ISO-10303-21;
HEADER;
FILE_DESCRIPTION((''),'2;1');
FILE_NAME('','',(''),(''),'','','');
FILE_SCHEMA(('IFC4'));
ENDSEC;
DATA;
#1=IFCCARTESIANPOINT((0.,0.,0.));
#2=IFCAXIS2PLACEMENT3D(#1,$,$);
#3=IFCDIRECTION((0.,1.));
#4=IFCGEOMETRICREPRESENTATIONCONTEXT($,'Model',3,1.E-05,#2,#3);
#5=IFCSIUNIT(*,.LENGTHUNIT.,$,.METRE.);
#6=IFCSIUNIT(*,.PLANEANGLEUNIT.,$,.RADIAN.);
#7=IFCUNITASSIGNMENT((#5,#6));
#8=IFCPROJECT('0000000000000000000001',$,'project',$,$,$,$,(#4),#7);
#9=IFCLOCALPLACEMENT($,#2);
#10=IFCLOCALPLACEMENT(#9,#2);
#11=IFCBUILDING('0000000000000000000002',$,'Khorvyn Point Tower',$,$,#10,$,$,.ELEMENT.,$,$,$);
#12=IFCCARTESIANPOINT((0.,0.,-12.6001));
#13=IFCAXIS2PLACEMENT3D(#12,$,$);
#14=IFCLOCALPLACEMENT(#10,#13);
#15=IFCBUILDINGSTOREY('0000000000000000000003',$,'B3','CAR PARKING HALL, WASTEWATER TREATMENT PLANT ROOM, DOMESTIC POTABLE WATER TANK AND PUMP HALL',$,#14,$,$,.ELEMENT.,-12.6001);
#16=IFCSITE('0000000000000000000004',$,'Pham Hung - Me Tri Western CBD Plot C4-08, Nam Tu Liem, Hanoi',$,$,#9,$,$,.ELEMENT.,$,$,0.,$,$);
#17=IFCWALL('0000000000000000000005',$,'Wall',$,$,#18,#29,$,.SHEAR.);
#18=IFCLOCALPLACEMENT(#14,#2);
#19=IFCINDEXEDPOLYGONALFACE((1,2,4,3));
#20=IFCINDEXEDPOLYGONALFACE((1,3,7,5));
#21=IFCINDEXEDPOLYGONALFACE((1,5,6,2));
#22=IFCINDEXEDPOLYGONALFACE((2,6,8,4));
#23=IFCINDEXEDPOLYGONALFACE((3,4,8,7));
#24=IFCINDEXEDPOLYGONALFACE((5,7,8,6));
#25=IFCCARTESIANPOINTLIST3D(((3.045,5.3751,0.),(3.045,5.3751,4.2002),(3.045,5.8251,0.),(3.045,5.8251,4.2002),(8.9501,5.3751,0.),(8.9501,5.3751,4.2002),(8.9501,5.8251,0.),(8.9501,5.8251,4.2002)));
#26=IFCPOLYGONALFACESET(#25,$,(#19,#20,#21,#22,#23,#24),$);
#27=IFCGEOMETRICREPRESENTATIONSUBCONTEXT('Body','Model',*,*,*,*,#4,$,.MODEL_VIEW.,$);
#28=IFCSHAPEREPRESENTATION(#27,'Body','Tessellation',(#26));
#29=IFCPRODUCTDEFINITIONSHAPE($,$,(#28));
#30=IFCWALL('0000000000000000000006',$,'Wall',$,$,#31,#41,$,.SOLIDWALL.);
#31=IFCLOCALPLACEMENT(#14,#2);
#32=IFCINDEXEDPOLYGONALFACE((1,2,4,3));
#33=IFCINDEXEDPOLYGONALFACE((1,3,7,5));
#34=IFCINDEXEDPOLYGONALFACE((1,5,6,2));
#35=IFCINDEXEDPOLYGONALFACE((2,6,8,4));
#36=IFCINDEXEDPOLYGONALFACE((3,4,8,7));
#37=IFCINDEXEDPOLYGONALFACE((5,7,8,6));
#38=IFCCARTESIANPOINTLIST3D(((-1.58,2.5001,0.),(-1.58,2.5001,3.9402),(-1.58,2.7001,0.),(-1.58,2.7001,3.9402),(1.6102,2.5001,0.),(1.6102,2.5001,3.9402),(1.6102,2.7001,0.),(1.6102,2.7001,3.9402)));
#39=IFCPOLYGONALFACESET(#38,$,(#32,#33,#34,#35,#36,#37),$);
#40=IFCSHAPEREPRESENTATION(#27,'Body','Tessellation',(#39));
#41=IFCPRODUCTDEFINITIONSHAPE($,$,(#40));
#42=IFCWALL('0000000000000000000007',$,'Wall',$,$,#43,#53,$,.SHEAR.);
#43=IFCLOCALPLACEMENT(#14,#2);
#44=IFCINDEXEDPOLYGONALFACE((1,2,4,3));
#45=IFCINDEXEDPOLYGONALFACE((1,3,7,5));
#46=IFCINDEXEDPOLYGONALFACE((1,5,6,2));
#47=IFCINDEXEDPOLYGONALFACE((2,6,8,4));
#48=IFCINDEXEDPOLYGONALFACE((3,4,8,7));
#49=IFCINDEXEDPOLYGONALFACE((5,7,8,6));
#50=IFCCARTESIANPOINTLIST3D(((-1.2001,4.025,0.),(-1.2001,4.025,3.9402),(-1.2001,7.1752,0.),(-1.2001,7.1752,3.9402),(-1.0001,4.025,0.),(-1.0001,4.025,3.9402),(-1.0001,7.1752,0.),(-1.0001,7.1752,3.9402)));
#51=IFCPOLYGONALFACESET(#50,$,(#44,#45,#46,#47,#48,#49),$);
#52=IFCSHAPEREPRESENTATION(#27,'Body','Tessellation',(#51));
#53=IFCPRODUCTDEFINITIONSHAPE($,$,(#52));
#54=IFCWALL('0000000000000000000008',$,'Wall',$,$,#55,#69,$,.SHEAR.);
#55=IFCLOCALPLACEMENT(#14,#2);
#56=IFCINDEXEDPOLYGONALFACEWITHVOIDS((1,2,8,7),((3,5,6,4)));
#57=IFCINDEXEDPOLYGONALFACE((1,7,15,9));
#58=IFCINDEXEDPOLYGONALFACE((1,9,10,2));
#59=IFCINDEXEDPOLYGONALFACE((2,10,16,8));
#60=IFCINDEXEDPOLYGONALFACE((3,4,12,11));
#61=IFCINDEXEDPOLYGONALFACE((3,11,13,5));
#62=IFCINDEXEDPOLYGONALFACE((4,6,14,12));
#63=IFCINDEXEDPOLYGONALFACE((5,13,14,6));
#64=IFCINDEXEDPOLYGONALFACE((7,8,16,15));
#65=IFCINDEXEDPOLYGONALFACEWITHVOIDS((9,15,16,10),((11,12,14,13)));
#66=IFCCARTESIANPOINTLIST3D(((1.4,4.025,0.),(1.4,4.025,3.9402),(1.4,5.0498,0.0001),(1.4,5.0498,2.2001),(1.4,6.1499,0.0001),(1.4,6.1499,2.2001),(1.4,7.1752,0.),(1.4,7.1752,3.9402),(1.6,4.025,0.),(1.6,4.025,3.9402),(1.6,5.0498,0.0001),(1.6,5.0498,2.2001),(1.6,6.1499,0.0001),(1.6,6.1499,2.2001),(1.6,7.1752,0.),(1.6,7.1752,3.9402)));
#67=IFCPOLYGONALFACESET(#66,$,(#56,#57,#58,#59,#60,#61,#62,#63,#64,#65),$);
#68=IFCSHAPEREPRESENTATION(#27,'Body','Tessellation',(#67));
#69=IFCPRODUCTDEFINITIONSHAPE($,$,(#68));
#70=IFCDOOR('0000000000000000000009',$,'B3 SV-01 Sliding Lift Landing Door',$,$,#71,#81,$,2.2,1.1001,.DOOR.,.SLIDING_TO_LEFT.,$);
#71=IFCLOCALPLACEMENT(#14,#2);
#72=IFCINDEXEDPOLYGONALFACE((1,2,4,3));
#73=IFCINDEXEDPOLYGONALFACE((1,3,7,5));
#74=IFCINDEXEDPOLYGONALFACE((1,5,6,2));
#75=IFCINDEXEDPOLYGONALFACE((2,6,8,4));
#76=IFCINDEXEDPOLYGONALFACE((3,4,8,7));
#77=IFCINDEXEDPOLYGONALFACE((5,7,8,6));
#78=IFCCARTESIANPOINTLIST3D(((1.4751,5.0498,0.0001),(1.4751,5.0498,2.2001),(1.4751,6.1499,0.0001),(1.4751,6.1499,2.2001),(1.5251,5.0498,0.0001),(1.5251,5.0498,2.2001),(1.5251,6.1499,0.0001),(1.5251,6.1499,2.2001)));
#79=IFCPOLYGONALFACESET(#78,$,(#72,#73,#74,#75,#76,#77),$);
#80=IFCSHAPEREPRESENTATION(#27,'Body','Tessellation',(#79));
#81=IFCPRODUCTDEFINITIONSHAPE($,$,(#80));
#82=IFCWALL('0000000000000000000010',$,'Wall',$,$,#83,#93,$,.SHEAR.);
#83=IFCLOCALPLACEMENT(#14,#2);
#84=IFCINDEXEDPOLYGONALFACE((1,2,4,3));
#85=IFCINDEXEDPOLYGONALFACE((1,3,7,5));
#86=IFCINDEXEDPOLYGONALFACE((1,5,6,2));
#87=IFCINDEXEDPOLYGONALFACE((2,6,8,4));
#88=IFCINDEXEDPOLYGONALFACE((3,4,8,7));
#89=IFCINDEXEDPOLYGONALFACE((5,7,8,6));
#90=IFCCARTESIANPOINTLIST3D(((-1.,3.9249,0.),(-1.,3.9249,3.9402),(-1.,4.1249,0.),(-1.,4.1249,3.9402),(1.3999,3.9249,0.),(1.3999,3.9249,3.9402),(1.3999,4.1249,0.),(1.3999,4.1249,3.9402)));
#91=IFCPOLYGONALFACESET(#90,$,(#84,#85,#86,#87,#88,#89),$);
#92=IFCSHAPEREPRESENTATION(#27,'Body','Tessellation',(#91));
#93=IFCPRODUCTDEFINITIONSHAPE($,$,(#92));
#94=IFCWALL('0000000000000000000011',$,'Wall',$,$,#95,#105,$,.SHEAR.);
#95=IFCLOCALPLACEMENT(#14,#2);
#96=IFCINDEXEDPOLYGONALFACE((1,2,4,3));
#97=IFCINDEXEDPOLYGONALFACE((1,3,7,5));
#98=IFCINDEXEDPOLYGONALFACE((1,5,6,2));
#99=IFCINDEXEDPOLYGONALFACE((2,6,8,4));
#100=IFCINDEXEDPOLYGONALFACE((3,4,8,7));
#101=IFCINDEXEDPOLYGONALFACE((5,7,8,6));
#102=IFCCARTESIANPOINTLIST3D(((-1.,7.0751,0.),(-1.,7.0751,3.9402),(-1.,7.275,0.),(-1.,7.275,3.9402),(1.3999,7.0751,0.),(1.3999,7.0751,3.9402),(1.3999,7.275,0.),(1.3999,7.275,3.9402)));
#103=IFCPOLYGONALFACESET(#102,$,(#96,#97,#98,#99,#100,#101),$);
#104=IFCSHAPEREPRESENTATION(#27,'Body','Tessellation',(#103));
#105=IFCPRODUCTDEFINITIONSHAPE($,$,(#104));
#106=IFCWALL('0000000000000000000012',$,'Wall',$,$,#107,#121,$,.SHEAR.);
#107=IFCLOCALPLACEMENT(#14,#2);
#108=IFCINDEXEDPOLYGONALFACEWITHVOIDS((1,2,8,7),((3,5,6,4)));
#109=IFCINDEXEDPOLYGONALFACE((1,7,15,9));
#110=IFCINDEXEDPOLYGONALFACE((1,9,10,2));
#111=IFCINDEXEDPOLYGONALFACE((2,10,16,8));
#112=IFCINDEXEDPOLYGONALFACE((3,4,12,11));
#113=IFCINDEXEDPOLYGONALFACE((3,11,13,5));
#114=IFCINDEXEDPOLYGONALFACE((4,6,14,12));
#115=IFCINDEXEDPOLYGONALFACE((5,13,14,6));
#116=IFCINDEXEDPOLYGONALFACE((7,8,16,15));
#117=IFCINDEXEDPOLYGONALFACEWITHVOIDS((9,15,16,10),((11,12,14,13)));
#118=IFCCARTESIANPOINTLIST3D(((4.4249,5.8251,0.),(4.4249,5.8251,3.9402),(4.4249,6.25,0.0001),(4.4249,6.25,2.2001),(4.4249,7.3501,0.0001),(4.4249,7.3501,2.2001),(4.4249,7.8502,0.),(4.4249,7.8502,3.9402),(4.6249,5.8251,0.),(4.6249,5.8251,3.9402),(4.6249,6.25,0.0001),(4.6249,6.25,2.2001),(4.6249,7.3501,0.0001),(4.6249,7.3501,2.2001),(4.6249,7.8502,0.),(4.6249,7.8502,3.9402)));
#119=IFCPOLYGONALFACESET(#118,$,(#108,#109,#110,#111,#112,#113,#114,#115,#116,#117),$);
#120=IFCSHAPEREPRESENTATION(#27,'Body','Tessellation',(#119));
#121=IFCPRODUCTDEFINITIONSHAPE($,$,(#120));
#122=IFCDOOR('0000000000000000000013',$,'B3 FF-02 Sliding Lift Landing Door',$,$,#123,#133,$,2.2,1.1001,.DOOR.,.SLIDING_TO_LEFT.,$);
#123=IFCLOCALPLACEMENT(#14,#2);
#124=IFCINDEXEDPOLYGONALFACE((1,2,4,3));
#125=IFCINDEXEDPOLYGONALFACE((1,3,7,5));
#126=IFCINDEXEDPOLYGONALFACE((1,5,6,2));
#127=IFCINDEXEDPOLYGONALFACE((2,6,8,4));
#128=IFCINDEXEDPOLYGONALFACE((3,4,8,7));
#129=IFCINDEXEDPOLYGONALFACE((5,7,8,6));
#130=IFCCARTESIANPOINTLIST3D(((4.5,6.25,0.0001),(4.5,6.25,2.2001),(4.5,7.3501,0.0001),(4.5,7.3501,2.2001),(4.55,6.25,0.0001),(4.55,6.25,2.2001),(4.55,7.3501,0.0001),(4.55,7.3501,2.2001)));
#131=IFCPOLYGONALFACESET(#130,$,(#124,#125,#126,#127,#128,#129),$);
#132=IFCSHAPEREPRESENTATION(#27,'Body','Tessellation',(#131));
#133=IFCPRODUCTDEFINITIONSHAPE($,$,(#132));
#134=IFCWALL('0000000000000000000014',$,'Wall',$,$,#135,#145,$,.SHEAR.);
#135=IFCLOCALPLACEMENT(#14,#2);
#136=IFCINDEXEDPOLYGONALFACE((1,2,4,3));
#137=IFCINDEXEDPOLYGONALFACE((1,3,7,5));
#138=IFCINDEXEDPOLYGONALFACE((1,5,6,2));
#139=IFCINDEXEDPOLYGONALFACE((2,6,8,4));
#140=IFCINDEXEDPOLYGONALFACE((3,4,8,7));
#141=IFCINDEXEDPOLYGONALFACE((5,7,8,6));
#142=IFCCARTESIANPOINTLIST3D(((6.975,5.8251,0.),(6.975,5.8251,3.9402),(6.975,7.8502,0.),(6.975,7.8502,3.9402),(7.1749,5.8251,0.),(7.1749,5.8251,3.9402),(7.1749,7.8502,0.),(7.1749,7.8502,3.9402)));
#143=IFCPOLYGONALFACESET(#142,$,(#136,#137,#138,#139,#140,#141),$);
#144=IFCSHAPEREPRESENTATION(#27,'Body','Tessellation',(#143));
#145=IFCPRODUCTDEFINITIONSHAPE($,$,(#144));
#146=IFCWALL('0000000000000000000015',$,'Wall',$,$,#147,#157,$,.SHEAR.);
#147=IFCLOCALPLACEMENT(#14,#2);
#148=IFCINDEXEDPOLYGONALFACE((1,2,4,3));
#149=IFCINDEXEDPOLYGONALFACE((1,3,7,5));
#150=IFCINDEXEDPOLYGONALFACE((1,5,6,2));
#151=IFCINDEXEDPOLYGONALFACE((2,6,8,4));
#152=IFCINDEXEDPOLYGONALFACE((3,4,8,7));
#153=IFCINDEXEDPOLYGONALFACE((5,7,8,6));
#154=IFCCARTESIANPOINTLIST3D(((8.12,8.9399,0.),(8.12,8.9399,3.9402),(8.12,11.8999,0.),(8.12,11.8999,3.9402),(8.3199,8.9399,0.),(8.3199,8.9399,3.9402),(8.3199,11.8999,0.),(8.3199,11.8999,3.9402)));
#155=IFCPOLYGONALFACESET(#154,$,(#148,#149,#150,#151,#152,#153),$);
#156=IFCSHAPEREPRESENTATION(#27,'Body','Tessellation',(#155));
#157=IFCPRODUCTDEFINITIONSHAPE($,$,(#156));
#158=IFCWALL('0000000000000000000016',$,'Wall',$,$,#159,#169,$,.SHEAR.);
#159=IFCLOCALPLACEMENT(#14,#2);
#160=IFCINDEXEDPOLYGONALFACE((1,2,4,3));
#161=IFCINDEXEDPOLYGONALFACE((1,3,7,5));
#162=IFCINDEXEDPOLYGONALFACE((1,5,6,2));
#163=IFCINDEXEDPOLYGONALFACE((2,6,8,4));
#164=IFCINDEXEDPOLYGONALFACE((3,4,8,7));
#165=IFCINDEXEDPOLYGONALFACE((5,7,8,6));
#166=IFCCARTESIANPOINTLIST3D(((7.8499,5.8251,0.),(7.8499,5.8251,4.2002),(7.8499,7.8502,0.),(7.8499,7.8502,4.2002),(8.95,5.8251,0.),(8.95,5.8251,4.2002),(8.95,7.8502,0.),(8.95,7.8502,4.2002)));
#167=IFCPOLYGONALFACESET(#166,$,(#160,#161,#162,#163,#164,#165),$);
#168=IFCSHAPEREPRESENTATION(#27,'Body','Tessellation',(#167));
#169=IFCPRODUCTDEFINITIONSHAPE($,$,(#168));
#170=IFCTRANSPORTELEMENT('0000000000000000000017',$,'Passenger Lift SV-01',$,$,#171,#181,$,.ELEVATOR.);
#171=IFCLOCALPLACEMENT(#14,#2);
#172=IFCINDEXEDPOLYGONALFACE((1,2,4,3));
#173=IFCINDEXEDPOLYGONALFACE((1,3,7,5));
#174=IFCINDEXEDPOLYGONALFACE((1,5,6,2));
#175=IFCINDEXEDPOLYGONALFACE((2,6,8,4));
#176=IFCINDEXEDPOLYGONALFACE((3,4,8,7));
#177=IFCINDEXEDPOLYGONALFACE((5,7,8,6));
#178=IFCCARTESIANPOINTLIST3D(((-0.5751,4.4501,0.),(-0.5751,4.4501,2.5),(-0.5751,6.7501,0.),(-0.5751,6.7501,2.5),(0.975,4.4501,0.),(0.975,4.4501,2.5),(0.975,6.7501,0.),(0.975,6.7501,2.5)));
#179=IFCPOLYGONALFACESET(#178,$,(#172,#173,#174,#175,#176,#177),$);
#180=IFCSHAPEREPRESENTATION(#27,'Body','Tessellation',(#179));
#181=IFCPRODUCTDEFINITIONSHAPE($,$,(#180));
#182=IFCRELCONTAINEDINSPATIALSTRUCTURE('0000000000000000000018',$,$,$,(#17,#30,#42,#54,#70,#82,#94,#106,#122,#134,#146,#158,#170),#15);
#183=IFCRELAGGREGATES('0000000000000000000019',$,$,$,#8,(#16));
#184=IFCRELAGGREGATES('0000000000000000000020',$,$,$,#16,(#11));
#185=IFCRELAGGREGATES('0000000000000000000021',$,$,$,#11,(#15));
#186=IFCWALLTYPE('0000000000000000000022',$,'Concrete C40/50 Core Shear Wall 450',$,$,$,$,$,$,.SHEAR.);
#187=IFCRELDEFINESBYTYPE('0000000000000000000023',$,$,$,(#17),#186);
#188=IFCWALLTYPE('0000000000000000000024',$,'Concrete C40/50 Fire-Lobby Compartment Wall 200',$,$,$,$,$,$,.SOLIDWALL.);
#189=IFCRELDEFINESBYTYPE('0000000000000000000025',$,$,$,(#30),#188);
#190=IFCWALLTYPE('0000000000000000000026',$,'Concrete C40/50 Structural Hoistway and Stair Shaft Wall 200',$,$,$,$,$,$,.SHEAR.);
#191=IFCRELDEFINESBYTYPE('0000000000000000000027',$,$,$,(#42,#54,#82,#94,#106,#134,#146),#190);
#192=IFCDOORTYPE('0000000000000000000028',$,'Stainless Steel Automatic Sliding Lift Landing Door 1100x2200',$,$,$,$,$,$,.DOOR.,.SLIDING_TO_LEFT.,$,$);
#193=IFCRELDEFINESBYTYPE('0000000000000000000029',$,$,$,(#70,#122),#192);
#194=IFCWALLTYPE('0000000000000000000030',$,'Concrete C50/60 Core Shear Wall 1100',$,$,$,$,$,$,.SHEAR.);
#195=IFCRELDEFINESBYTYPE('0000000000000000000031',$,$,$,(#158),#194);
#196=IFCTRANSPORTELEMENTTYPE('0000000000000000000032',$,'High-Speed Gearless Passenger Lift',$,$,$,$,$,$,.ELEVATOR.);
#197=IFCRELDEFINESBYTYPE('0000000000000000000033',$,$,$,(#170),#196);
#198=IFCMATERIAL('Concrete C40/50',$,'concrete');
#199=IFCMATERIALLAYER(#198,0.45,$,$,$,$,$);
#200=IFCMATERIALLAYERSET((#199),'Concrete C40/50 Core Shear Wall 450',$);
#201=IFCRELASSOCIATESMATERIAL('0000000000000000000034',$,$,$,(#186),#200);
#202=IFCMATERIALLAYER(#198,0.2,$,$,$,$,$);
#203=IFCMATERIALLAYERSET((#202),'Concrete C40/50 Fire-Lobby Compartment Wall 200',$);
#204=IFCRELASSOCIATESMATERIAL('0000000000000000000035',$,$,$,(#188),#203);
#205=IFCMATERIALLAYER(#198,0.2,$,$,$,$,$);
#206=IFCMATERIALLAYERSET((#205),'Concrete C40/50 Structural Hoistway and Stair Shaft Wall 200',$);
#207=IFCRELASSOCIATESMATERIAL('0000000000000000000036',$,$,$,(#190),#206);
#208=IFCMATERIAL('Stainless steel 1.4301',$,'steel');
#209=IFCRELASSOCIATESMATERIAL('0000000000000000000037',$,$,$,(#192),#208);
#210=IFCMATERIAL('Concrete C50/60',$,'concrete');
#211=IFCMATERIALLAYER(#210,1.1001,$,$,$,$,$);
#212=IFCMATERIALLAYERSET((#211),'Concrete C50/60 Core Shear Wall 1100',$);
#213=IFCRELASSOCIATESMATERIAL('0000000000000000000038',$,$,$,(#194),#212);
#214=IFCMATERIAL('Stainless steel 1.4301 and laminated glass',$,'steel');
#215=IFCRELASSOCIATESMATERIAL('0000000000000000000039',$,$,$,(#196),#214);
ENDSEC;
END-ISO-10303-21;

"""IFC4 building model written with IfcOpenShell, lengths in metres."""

from ifc_helpers import new_model, si_unit, direction, frame, frame_2d, origin, origin_2d, place, context, subcontext, project, spatial, rectangle, extrude, material, layer, layer_set, type_object, element, fill, save


model = new_model("IFC4")

# Units and contexts
model_context = context("Model", 3, precision=1e-05, world=origin(), true_north=direction((0.0, 1.0)))
body_context = subcontext(model_context, "Body", "Model", "MODEL_VIEW")
ifc_project = project(units=[si_unit("LENGTHUNIT", "METRE"), si_unit("PLANEANGLEUNIT", "RADIAN")], contexts=[model_context])

# Site, building, storey
site_placement = place(None, origin())
site = spatial("IfcSite", under=ifc_project, at=site_placement, Name="Pham Hung - Me Tri Western CBD Plot C4-08, Nam Tu Liem, Hanoi", CompositionType="ELEMENT", RefElevation=0.0)
building_placement = place(site_placement, origin())
building = spatial("IfcBuilding", under=site, at=building_placement, Name="Khorvyn Point Tower", CompositionType="ELEMENT")
storey_placement = place(building_placement, frame((0.0, 0.0, -12.6001)))
storey = spatial("IfcBuildingStorey", under=building, at=storey_placement, Name="B3", Description="CAR PARKING HALL, WASTEWATER TREATMENT PLANT ROOM, DOMESTIC POTABLE WATER TANK AND PUMP HALL", CompositionType="ELEMENT", Elevation=-12.6001)

# Shared definitions
ifc_material_1 = material(Name="Concrete C40/50", Category="concrete")

# Walls
ifc_layer_1 = layer(ifc_material_1, 0.45)
ifc_layer_set_1 = layer_set([ifc_layer_1], Name="Concrete C40/50 Core Shear Wall 450")
wall_type_1 = type_object("IfcWallType", Name="Concrete C40/50 Core Shear Wall 450", PredefinedType="SHEAR", material=ifc_layer_set_1)
wall_1_placement = place(storey_placement, frame((3.0449, 5.6001, 0.0), z_axis=(0.0, 0.0, 1.0), x_axis=(1.0, 0.0, 0.0)))
element("IfcWall", 1, at=wall_1_placement, inside=storey, type_object=wall_type_1, Name="Wall", PredefinedType="SHEAR", context=body_context, shape_type="SweptSolid", body=[
    extrude(rectangle(XDim=5.905, YDim=0.45, at=frame_2d((2.9526, 0.0))), origin(), (0.0, 0.0, 1.0), 4.2002),
])
ifc_layer_2 = layer(ifc_material_1, 0.2)
ifc_layer_set_2 = layer_set([ifc_layer_2], Name="Concrete C40/50 Fire-Lobby Compartment Wall 200")
wall_type_2 = type_object("IfcWallType", Name="Concrete C40/50 Fire-Lobby Compartment Wall 200", PredefinedType="SOLIDWALL", material=ifc_layer_set_2)
wall_2_placement = place(storey_placement, frame((-1.5801, 2.6001, 0.0), z_axis=(0.0, 0.0, 1.0), x_axis=(1.0, 0.0, 0.0)))
element("IfcWall", 2, at=wall_2_placement, inside=storey, type_object=wall_type_2, Name="Wall", PredefinedType="SOLIDWALL", context=body_context, shape_type="SweptSolid", body=[
    extrude(rectangle(XDim=3.1902, YDim=0.2, at=frame_2d((1.5952, 0.0))), origin(), (0.0, 0.0, 1.0), 3.9402),
])
ifc_layer_3 = layer(ifc_material_1, 0.2)
ifc_layer_set_3 = layer_set([ifc_layer_3], Name="Concrete C40/50 Structural Hoistway and Stair Shaft Wall 200")
wall_type_3 = type_object("IfcWallType", Name="Concrete C40/50 Structural Hoistway and Stair Shaft Wall 200", PredefinedType="SHEAR", material=ifc_layer_set_3)
wall_3_placement = place(storey_placement, frame((-1.1001, 4.0249, 0.0), z_axis=(0.0, 0.0, 1.0), x_axis=(0.0, 1.0, 0.0)))
element("IfcWall", 3, at=wall_3_placement, inside=storey, type_object=wall_type_3, Name="Wall", PredefinedType="SHEAR", context=body_context, shape_type="SweptSolid", body=[
    extrude(rectangle(XDim=3.1501, YDim=0.2, at=frame_2d((1.5752, 0.0))), origin(), (0.0, 0.0, 1.0), 3.9402),
])

# Wall, opening, door
wall_4_placement = place(storey_placement, frame((1.5, 4.0249, 0.0), z_axis=(0.0, 0.0, 1.0), x_axis=(0.0, 1.0, 0.0)))
wall_4 = element("IfcWall", 4, at=wall_4_placement, inside=storey, type_object=wall_type_3, Name="Wall", PredefinedType="SHEAR", context=body_context, shape_type="SweptSolid", body=[
    extrude(rectangle(XDim=3.1501, YDim=0.2, at=frame_2d((1.5752, 0.0))), origin(), (0.0, 0.0, 1.0), 3.9402),
])
opening_1_placement = place(wall_4_placement, frame((1.0249, 0.0, 0.0)))
opening_1 = element("IfcOpeningElement", 5, at=opening_1_placement, cuts=wall_4, PredefinedType="OPENING", context=body_context, shape_type="SweptSolid", body=[
    extrude(rectangle(XDim=1.1001, YDim=2.2, at=frame_2d((0.55, 1.1001))), frame((0.0, 0.1099, 0.0), z_axis=(0.0, -1.0, 0.0), x_axis=(1.0, 0.0, 0.0)), (0.0, 0.0, 1.0), 0.22),
])
ifc_material_2 = material(Name="Stainless steel 1.4301", Category="steel")
door_type = type_object("IfcDoorType", Name="Stainless Steel Automatic Sliding Lift Landing Door 1100x2200", OperationType="SLIDING_TO_LEFT", PredefinedType="DOOR", material=ifc_material_2)
door_1_placement = place(opening_1_placement, origin())
door_1 = element("IfcDoor", 6, at=door_1_placement, inside=storey, type_object=door_type, Name="B3 SV-01 Sliding Lift Landing Door", OperationType="SLIDING_TO_LEFT", OverallHeight=2.2, OverallWidth=1.1001, PredefinedType="DOOR", context=body_context, shape_type="SweptSolid", body=[
    extrude(rectangle(XDim=1.1001, YDim=2.2, at=frame_2d((0.55, 1.1001))), frame((0.0, 0.0249, 0.0), z_axis=(0.0, -1.0, 0.0), x_axis=(1.0, 0.0, 0.0)), (0.0, 0.0, 1.0), 0.05),
])
fill(opening_1, door_1)

# Walls
for number, where, z_axis, x_axis, name in (
    (7, (-1.0, 4.0249, 0.0), (0.0, 0.0, 1.0), (1.0, 0.0, 0.0), "Wall"),
    (8, (-1.0, 7.175, 0.0), (0.0, 0.0, 1.0), (1.0, 0.0, 0.0), "Wall"),
):
    element("IfcWall", number, at=place(storey_placement, frame(where, z_axis=z_axis, x_axis=x_axis)), inside=storey, type_object=wall_type_3, Name=name, PredefinedType="SHEAR", context=body_context, shape_type="SweptSolid", body=[
        extrude(rectangle(XDim=2.3999, YDim=0.2, at=frame_2d((1.2, 0.0))), origin(), (0.0, 0.0, 1.0), 3.9402),
    ])

# Wall, opening, door
wall_5_placement = place(storey_placement, frame((4.5249, 5.825, 0.0), z_axis=(0.0, 0.0, 1.0), x_axis=(0.0, 1.0, 0.0)))
wall_5 = element("IfcWall", 9, at=wall_5_placement, inside=storey, type_object=wall_type_3, Name="Wall", PredefinedType="SHEAR", context=body_context, shape_type="SweptSolid", body=[
    extrude(rectangle(XDim=2.0251, YDim=0.2, at=frame_2d((1.0127, 0.0))), origin(), (0.0, 0.0, 1.0), 3.9402),
])
opening_2_placement = place(wall_5_placement, frame((0.425, 0.0, 0.0)))
opening_2 = element("IfcOpeningElement", 10, at=opening_2_placement, cuts=wall_5, PredefinedType="OPENING", context=body_context, shape_type="SweptSolid", body=[
    extrude(rectangle(XDim=1.1001, YDim=2.2, at=frame_2d((0.55, 1.1001))), frame((0.0, 0.1099, 0.0), z_axis=(0.0, -1.0, 0.0), x_axis=(1.0, 0.0, 0.0)), (0.0, 0.0, 1.0), 0.22),
])
door_2_placement = place(opening_2_placement, origin())
door_2 = element("IfcDoor", 11, at=door_2_placement, inside=storey, type_object=door_type, Name="B3 FF-02 Sliding Lift Landing Door", OperationType="SLIDING_TO_LEFT", OverallHeight=2.2, OverallWidth=1.1001, PredefinedType="DOOR", context=body_context, shape_type="SweptSolid", body=[
    extrude(rectangle(XDim=1.1001, YDim=2.2, at=frame_2d((0.55, 1.1001))), frame((0.0, 0.0249, 0.0), z_axis=(0.0, -1.0, 0.0), x_axis=(1.0, 0.0, 0.0)), (0.0, 0.0, 1.0), 0.05),
])
fill(opening_2, door_2)

# Walls
wall_6_placement = place(storey_placement, frame((7.075, 5.825, 0.0), z_axis=(0.0, 0.0, 1.0), x_axis=(0.0, 1.0, 0.0)))
element("IfcWall", 12, at=wall_6_placement, inside=storey, type_object=wall_type_3, Name="Wall", PredefinedType="SHEAR", context=body_context, shape_type="SweptSolid", body=[
    extrude(rectangle(XDim=2.0251, YDim=0.2, at=frame_2d((1.0127, 0.0))), origin(), (0.0, 0.0, 1.0), 3.9402),
])
wall_7_placement = place(storey_placement, frame((8.22, 8.9399, 0.0), z_axis=(0.0, 0.0, 1.0), x_axis=(0.0, 1.0, 0.0)))
element("IfcWall", 13, at=wall_7_placement, inside=storey, type_object=wall_type_3, Name="Wall", PredefinedType="SHEAR", context=body_context, shape_type="SweptSolid", body=[
    extrude(rectangle(XDim=2.96, YDim=0.2, at=frame_2d((1.48, 0.0))), origin(), (0.0, 0.0, 1.0), 3.9402),
])
ifc_material_3 = material(Name="Concrete C50/60", Category="concrete")
ifc_layer_4 = layer(ifc_material_3, 1.1001)
ifc_layer_set_4 = layer_set([ifc_layer_4], Name="Concrete C50/60 Core Shear Wall 1100")
wall_type_4 = type_object("IfcWallType", Name="Concrete C50/60 Core Shear Wall 1100", PredefinedType="SHEAR", material=ifc_layer_set_4)
wall_8_placement = place(storey_placement, frame((8.3999, 5.825, 0.0), z_axis=(0.0, 0.0, 1.0), x_axis=(0.0, 1.0, 0.0)))
element("IfcWall", 14, at=wall_8_placement, inside=storey, type_object=wall_type_4, Name="Wall", PredefinedType="SHEAR", context=body_context, shape_type="SweptSolid", body=[
    extrude(rectangle(XDim=2.0251, YDim=1.1001, at=frame_2d((1.0127, 0.0))), origin(), (0.0, 0.0, 1.0), 4.2002),
])

# Transport element
ifc_material_4 = material(Name="Stainless steel 1.4301 and laminated glass", Category="steel")
transport_element_type_1 = type_object("IfcTransportElementType", Name="High-Speed Gearless Passenger Lift", PredefinedType="ELEVATOR", material=ifc_material_4)
transport_element_1_placement = place(storey_placement, frame((0.2, 5.6001, 0.0), z_axis=(0.0, 0.0, 1.0), x_axis=(1.0, 0.0, 0.0)))
element("IfcTransportElement", 15, at=transport_element_1_placement, inside=storey, type_object=transport_element_type_1, Name="Passenger Lift SV-01", PredefinedType="ELEVATOR", context=body_context, shape_type="SweptSolid", body=[
    extrude(rectangle(XDim=1.55, YDim=2.3, at=origin_2d()), origin(), (0.0, 0.0, 1.0), 2.5),
])

save(model, "model.ifc")
